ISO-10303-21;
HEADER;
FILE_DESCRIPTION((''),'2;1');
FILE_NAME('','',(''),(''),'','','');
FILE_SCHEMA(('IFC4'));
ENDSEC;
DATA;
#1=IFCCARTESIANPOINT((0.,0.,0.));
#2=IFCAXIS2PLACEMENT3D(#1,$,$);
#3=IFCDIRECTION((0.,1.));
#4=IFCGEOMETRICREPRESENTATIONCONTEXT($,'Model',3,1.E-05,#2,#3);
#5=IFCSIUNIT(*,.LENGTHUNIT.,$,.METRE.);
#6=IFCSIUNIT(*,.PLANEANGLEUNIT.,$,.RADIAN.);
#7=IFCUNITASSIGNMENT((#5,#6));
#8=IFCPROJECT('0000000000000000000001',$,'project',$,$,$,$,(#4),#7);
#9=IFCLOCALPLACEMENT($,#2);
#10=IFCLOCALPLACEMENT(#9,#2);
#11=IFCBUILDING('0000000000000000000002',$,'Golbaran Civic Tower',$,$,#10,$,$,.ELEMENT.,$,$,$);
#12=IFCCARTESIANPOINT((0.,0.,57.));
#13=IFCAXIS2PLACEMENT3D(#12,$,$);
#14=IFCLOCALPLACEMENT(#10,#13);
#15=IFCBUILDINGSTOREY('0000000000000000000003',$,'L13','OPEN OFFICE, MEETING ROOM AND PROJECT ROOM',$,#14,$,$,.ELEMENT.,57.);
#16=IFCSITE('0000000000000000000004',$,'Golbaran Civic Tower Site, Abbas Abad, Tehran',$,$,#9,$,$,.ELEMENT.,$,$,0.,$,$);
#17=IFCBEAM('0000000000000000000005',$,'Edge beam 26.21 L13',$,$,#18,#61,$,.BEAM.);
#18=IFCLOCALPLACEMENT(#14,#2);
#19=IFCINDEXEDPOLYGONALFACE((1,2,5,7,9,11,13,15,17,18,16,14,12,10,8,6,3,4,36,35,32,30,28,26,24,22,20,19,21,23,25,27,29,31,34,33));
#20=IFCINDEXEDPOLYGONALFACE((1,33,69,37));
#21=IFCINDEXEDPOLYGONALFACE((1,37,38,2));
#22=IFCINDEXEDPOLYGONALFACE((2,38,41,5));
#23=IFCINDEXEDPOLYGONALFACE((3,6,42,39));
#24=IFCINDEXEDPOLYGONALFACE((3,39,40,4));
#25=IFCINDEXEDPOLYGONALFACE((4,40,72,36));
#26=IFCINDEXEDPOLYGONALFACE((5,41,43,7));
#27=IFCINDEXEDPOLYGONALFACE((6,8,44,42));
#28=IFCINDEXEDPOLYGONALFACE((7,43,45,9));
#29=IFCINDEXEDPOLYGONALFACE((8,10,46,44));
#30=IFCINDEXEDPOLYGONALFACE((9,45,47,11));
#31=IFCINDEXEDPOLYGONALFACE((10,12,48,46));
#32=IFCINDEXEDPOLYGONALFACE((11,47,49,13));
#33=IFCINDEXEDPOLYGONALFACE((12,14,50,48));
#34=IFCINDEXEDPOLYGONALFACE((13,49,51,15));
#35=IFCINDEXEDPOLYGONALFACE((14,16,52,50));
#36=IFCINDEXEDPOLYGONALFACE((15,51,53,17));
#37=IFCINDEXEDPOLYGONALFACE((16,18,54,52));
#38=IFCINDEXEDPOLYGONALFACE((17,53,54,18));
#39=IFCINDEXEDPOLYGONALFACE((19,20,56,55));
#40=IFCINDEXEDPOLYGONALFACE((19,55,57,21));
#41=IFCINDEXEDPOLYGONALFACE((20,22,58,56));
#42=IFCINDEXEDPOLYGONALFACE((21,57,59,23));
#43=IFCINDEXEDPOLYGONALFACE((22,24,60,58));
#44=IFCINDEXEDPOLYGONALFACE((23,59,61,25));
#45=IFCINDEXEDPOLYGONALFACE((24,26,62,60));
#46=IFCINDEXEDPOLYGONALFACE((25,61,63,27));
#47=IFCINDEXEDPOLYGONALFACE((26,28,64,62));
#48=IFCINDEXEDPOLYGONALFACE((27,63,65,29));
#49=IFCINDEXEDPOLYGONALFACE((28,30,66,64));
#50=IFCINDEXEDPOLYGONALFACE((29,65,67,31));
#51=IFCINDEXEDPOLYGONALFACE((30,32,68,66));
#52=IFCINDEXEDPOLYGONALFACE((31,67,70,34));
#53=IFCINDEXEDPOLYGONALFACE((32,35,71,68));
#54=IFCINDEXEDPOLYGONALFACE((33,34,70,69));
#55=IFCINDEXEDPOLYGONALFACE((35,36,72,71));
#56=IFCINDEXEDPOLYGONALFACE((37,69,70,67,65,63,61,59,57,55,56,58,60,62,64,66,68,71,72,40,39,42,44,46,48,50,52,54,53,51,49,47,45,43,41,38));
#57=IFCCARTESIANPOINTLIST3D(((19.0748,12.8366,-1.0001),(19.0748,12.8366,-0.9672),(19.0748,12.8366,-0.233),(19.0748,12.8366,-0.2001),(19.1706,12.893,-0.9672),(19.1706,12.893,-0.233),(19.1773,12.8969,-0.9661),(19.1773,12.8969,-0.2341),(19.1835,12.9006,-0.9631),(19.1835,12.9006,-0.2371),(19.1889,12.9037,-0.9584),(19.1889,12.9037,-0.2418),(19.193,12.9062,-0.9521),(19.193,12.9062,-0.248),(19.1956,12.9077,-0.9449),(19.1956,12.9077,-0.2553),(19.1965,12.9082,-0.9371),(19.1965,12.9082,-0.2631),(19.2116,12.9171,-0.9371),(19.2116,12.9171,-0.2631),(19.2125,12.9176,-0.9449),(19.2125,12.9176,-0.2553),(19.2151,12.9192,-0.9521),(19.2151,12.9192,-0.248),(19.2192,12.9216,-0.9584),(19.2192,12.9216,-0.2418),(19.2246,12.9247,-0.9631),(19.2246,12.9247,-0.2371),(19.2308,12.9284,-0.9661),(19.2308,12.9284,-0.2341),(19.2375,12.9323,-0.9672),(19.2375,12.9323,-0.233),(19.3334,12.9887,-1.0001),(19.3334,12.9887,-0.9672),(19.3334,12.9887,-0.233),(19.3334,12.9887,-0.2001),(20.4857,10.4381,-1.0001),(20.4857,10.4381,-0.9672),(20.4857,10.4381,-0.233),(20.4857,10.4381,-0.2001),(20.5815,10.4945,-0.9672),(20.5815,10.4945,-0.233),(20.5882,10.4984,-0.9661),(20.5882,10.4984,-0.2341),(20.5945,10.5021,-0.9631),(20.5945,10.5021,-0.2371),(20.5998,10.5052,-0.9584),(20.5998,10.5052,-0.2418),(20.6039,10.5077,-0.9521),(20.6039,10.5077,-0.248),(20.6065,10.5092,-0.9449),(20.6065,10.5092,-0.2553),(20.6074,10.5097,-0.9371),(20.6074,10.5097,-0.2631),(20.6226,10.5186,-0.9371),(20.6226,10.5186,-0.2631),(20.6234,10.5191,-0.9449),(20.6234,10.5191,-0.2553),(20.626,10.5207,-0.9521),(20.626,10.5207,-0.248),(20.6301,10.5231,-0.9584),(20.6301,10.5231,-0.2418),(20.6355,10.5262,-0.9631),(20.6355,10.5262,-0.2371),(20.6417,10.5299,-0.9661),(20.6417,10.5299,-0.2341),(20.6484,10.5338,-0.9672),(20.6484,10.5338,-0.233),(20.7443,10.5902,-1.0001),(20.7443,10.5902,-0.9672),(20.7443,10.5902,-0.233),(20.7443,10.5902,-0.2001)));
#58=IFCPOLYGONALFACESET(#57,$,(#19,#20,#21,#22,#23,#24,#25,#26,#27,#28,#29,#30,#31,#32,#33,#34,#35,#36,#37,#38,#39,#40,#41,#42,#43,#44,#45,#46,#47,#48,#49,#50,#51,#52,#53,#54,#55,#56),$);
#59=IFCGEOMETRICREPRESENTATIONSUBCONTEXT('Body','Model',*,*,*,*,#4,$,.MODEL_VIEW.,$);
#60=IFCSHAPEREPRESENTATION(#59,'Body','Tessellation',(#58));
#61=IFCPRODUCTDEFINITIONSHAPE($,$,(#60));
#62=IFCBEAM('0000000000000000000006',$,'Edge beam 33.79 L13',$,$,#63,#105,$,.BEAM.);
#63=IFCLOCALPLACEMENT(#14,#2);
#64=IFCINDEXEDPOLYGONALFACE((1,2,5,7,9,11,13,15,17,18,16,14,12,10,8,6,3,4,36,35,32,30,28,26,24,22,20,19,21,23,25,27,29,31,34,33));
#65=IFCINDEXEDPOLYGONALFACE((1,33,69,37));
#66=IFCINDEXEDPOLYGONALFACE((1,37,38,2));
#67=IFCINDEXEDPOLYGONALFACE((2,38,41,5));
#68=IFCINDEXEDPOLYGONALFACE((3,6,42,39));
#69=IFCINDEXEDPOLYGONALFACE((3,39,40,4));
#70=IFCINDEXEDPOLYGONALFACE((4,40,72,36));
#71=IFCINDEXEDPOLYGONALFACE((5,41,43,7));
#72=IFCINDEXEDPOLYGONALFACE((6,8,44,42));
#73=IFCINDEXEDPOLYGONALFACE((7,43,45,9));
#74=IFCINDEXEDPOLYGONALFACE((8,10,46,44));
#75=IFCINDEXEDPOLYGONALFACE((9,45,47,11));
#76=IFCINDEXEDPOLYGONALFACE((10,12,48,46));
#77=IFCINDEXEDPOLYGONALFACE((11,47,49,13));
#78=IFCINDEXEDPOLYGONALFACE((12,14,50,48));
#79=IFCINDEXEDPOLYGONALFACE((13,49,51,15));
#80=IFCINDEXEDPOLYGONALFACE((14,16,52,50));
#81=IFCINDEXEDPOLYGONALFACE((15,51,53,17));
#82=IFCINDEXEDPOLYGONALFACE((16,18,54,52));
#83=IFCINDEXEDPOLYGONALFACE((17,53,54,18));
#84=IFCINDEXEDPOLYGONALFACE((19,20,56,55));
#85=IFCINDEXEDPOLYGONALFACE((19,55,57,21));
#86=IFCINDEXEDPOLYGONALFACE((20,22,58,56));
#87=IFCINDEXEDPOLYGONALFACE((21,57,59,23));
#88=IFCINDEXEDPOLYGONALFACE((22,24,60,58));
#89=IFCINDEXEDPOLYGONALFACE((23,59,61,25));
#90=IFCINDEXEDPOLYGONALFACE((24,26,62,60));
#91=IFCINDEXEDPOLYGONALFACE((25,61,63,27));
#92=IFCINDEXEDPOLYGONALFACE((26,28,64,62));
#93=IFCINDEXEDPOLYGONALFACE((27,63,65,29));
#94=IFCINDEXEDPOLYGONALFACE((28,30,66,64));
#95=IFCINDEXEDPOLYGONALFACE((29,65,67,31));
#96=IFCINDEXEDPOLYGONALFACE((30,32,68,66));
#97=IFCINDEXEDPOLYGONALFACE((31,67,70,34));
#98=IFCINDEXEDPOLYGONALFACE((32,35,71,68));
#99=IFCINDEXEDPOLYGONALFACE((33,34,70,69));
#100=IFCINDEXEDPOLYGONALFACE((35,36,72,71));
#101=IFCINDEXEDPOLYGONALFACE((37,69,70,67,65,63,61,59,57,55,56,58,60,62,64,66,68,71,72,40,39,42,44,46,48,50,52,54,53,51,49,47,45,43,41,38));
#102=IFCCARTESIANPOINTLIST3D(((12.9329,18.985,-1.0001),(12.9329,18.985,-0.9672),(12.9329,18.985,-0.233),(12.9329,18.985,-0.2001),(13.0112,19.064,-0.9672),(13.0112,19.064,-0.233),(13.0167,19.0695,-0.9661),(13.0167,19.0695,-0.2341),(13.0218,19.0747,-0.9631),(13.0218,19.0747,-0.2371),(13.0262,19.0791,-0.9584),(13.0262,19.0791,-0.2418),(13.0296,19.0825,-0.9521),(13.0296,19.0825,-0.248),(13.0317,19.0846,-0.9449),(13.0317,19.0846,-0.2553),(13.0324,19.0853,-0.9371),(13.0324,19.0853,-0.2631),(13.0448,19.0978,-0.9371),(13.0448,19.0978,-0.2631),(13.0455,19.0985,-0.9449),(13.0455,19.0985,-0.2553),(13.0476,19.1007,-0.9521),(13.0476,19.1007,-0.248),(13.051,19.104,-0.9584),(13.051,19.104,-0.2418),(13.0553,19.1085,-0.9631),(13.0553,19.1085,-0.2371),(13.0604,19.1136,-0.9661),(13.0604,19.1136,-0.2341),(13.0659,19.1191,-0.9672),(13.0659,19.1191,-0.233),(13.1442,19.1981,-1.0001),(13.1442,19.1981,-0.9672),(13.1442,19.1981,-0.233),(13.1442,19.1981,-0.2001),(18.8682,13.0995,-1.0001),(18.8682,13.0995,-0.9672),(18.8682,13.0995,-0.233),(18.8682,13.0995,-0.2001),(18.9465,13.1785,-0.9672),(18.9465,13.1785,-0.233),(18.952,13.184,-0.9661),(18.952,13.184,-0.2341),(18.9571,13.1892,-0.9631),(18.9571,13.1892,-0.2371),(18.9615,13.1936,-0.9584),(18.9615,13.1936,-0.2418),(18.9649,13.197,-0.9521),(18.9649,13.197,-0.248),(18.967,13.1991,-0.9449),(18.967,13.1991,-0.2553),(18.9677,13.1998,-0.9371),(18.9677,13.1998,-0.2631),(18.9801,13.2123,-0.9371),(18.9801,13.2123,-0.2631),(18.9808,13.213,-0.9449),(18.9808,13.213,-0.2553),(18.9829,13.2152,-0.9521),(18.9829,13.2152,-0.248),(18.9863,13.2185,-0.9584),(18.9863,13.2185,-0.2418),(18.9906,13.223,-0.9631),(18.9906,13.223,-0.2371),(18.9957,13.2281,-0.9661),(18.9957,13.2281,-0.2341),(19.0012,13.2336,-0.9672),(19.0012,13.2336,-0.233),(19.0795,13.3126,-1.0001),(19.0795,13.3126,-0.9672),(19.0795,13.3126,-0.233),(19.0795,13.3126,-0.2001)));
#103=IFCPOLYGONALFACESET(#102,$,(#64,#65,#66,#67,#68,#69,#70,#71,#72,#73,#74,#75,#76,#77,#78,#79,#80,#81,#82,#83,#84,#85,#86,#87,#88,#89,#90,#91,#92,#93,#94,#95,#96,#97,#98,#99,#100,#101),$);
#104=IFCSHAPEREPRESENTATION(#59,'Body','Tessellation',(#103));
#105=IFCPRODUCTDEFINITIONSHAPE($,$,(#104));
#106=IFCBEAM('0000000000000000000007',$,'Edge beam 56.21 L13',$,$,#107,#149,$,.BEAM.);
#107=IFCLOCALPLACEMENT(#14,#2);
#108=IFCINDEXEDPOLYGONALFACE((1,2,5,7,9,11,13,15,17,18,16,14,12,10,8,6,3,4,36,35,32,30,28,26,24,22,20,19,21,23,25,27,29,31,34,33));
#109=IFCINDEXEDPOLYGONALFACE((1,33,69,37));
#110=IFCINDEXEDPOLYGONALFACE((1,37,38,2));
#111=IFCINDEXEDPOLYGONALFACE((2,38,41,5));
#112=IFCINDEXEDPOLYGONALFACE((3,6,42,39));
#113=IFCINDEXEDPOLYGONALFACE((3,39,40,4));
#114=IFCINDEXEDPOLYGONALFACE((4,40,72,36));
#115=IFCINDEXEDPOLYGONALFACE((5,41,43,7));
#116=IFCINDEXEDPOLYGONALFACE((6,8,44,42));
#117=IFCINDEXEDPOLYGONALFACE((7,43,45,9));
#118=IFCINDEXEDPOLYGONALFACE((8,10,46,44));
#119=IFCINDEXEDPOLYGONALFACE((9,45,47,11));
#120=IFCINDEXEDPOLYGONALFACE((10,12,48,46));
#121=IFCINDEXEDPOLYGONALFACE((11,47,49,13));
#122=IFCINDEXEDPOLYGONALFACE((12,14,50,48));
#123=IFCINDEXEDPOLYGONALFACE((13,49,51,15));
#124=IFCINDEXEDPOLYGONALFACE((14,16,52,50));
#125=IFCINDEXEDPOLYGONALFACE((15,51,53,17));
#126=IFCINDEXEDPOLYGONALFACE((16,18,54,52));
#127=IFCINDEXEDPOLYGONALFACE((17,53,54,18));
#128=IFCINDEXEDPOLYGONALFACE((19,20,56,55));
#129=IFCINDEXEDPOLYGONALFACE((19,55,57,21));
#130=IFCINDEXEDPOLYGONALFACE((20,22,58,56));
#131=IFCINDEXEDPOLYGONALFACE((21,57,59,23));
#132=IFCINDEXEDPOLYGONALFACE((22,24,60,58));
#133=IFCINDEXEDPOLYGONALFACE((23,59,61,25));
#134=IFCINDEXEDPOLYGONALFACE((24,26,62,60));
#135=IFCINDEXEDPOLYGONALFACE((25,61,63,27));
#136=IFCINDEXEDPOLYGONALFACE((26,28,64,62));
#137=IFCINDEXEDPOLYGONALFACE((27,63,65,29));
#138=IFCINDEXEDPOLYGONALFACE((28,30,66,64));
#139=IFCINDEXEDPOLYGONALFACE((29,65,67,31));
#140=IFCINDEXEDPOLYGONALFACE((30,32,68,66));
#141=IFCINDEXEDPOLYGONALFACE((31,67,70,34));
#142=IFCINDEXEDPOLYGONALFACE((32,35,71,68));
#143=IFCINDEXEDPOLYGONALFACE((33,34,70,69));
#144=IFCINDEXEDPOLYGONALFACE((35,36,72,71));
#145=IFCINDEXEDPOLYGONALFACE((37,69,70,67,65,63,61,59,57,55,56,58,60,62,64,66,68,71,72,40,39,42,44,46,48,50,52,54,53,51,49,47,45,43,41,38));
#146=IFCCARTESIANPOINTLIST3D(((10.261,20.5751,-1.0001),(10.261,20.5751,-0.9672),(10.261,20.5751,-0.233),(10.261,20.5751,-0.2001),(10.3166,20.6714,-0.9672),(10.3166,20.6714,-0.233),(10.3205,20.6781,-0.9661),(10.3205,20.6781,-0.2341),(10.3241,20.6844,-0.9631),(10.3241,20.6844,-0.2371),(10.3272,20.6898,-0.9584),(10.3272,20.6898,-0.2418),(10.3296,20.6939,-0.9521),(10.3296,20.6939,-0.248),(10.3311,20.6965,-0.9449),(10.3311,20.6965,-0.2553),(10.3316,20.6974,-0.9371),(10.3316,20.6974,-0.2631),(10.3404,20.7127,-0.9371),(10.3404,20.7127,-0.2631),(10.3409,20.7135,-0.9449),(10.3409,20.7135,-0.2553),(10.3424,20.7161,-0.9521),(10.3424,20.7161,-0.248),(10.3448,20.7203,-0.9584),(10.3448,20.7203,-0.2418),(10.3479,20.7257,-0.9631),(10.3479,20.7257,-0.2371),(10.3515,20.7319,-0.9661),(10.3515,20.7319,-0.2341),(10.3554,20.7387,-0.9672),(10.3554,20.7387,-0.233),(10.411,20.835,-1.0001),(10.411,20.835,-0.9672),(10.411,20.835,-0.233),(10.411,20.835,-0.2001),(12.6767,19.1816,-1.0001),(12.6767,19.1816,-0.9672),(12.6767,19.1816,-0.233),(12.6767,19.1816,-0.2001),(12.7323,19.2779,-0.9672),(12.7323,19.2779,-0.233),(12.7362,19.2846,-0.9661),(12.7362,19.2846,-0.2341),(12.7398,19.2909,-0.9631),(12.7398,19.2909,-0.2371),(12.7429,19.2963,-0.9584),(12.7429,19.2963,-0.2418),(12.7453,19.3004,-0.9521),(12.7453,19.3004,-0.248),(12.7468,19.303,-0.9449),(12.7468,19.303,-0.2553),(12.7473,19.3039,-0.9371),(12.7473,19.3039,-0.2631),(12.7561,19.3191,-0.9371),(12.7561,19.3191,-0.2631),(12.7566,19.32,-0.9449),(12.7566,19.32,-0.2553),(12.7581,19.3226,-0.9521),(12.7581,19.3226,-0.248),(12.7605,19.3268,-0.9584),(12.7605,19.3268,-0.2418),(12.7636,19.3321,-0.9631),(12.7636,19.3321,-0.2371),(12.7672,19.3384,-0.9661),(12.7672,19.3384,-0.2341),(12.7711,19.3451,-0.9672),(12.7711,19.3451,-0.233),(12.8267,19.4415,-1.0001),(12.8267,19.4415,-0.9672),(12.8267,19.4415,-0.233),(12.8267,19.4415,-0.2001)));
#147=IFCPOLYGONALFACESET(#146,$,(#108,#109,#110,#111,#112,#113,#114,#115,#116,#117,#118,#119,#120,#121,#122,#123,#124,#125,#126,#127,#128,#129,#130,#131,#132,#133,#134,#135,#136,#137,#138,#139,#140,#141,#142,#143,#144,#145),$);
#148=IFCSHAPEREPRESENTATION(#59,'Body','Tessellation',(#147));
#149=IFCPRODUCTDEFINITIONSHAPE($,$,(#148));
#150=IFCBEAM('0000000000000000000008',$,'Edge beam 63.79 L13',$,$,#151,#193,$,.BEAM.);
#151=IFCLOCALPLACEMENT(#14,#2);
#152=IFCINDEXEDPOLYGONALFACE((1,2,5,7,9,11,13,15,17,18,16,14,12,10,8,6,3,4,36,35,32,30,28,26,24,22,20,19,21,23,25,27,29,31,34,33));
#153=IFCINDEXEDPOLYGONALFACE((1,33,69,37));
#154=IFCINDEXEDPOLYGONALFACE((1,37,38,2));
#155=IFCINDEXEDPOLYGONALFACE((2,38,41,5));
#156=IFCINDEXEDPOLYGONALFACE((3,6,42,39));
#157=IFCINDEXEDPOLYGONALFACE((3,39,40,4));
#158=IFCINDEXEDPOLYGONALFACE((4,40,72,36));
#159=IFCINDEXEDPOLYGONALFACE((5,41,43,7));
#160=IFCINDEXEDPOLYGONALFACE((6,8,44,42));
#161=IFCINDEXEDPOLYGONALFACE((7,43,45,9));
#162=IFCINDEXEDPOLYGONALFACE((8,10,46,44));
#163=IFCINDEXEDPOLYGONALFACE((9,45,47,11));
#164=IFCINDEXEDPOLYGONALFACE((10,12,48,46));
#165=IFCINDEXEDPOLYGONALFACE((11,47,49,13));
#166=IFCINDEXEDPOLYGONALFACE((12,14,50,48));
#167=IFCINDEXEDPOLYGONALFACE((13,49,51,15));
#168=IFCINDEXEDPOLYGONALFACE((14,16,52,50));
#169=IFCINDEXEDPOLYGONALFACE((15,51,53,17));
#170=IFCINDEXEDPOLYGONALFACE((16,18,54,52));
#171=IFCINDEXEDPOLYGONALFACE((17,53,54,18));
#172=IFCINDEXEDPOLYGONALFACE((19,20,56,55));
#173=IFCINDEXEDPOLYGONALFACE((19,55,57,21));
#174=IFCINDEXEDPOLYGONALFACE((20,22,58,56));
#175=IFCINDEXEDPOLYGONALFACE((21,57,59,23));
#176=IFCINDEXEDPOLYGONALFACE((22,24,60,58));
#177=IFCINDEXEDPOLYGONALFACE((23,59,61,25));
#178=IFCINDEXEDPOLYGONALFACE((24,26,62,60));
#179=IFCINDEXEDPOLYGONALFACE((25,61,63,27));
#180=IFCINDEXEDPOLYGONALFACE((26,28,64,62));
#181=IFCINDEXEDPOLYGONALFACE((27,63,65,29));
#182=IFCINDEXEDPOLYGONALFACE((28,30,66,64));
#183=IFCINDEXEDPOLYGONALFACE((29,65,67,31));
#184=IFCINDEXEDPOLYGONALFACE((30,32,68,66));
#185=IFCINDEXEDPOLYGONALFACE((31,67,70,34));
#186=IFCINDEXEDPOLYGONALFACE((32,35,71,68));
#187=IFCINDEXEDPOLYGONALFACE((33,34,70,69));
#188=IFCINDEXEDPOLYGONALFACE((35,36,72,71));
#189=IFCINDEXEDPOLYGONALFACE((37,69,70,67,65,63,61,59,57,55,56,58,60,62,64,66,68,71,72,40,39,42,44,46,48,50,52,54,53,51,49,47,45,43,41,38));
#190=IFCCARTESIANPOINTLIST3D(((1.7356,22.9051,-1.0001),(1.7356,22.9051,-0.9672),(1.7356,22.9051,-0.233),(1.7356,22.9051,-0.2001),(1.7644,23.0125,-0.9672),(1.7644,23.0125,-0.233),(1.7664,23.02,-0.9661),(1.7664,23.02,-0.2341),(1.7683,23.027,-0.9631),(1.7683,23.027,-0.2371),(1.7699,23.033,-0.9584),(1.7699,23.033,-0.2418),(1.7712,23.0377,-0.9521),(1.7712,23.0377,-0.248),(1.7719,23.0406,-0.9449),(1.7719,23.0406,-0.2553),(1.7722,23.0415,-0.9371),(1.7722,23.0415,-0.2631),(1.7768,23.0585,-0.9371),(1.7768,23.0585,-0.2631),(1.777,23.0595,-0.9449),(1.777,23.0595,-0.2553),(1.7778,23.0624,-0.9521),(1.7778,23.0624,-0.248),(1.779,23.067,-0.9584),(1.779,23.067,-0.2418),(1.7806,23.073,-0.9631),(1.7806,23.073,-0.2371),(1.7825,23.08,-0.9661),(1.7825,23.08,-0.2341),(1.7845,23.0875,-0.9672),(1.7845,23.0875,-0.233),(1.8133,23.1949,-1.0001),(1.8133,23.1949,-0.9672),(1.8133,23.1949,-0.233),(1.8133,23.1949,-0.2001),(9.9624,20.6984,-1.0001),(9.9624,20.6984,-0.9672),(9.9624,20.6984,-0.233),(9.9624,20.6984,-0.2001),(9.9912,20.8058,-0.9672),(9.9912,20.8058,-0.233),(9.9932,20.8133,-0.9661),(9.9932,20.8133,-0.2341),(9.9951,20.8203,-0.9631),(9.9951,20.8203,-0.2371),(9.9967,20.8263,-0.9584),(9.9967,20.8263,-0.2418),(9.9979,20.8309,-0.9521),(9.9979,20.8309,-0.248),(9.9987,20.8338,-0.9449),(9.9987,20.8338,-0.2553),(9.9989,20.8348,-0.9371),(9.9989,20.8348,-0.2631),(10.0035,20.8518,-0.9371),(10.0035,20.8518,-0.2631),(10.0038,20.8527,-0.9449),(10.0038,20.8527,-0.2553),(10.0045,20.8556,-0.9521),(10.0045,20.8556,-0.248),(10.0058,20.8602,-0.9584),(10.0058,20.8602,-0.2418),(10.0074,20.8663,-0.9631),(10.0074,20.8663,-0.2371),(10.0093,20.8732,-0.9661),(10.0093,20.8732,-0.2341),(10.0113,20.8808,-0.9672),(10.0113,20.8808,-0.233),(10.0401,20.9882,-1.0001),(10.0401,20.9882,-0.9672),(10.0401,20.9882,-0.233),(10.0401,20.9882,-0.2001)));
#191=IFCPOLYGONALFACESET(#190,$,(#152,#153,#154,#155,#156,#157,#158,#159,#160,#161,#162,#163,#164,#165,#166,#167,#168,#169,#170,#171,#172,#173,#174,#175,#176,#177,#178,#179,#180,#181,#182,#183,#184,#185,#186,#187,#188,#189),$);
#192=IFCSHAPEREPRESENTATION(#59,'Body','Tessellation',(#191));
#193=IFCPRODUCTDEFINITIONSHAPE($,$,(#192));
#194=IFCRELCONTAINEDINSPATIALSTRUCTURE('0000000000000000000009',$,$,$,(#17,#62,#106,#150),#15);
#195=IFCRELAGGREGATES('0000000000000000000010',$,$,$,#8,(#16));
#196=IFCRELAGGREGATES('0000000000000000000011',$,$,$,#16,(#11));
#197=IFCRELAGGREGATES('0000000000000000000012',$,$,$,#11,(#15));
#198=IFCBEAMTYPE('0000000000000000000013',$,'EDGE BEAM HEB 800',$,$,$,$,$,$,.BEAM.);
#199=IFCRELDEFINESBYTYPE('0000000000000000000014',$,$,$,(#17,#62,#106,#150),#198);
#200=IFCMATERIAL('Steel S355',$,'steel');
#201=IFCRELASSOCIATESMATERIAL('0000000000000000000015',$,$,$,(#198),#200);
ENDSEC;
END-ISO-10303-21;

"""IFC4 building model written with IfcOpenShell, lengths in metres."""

from ifc_helpers import new_model, si_unit, direction, frame, origin, origin_2d, place, context, subcontext, project, spatial, i_section, extrude, material, material_profile, profile_set, type_object, element, save


model = new_model("IFC4")

# Units and contexts
model_context = context("Model", 3, precision=1e-05, world=origin(), true_north=direction((0.0, 1.0)))
body_context = subcontext(model_context, "Body", "Model", "MODEL_VIEW")
ifc_project = project(units=[si_unit("LENGTHUNIT", "METRE"), si_unit("PLANEANGLEUNIT", "RADIAN")], contexts=[model_context])

# Site, building, storey
site_placement = place(None, origin())
site = spatial("IfcSite", under=ifc_project, at=site_placement, Name="Golbaran Civic Tower Site, Abbas Abad, Tehran", CompositionType="ELEMENT", RefElevation=0.0)
building_placement = place(site_placement, origin())
building = spatial("IfcBuilding", under=site, at=building_placement, Name="Golbaran Civic Tower", CompositionType="ELEMENT")
storey_placement = place(building_placement, frame((0.0, 0.0, 57.0)))
storey = spatial("IfcBuildingStorey", under=building, at=storey_placement, Name="L13", Description="OPEN OFFICE, MEETING ROOM AND PROJECT ROOM", CompositionType="ELEMENT", Elevation=57.0)

# Beams
ifc_material_1 = material(Name="Steel S355", Category="steel")
ifc_material_profile_1 = material_profile(ifc_material_1, i_section(OverallWidth=0.3, OverallDepth=0.8, WebThickness=0.0176, FlangeThickness=0.033, FilletRadius=0.03, at=origin_2d()), Name="HEB 800")
ifc_profile_set_1 = profile_set([ifc_material_profile_1], Name="Steel S355")
beam_type_1 = type_object("IfcBeamType", Name="EDGE BEAM HEB 800", PredefinedType="BEAM", material=ifc_profile_set_1)
beam_1_placement = place(storey_placement, frame((20.615, 10.5142, -0.6001), z_axis=(-0.507032, 0.861927, 0.0), x_axis=(-0.861927, -0.507032, 0.0)))
element("IfcBeam", 1, at=beam_1_placement, inside=storey, type_object=beam_type_1, Name="Edge beam 26.21 L13", PredefinedType="BEAM", context=body_context, shape_type="SweptSolid", body=[
    extrude(i_section(OverallWidth=0.3, OverallDepth=0.8, WebThickness=0.0176, FlangeThickness=0.033, FilletRadius=0.03, at=origin_2d()), origin(), (0.0, 0.0, 1.0), 2.7827),
])
beam_2_placement = place(storey_placement, frame((18.9739, 13.2061, -0.6001), z_axis=(-0.71008, 0.704121, 0.0), x_axis=(-0.704121, -0.71008, 0.0)))
element("IfcBeam", 2, at=beam_2_placement, inside=storey, type_object=beam_type_1, Name="Edge beam 33.79 L13", PredefinedType="BEAM", context=body_context, shape_type="SweptSolid", body=[
    extrude(i_section(OverallWidth=0.3, OverallDepth=0.8, WebThickness=0.0176, FlangeThickness=0.033, FilletRadius=0.03, at=origin_2d()), origin(), (0.0, 0.0, 1.0), 8.3586),
])
beam_3_placement = place(storey_placement, frame((12.7517, 19.3115, -0.6001), z_axis=(-0.86621, 0.49968, 0.0), x_axis=(-0.49968, -0.86621, 0.0)))
element("IfcBeam", 3, at=beam_3_placement, inside=storey, type_object=beam_type_1, Name="Edge beam 56.21 L13", PredefinedType="BEAM", context=body_context, shape_type="SweptSolid", body=[
    extrude(i_section(OverallWidth=0.3, OverallDepth=0.8, WebThickness=0.0176, FlangeThickness=0.033, FilletRadius=0.03, at=origin_2d()), origin(), (0.0, 0.0, 1.0), 2.7888),
])
beam_4_placement = place(storey_placement, frame((10.0012, 20.8433, -0.6001), z_axis=(-0.965855, 0.259084, 0.0), x_axis=(-0.259084, -0.965855, 0.0)))
element("IfcBeam", 4, at=beam_4_placement, inside=storey, type_object=beam_type_1, Name="Edge beam 63.79 L13", PredefinedType="BEAM", context=body_context, shape_type="SweptSolid", body=[
    extrude(i_section(OverallWidth=0.3, OverallDepth=0.8, WebThickness=0.0176, FlangeThickness=0.033, FilletRadius=0.03, at=origin_2d()), origin(), (0.0, 0.0, 1.0), 8.5176),
])

save(model, "model.ifc")
